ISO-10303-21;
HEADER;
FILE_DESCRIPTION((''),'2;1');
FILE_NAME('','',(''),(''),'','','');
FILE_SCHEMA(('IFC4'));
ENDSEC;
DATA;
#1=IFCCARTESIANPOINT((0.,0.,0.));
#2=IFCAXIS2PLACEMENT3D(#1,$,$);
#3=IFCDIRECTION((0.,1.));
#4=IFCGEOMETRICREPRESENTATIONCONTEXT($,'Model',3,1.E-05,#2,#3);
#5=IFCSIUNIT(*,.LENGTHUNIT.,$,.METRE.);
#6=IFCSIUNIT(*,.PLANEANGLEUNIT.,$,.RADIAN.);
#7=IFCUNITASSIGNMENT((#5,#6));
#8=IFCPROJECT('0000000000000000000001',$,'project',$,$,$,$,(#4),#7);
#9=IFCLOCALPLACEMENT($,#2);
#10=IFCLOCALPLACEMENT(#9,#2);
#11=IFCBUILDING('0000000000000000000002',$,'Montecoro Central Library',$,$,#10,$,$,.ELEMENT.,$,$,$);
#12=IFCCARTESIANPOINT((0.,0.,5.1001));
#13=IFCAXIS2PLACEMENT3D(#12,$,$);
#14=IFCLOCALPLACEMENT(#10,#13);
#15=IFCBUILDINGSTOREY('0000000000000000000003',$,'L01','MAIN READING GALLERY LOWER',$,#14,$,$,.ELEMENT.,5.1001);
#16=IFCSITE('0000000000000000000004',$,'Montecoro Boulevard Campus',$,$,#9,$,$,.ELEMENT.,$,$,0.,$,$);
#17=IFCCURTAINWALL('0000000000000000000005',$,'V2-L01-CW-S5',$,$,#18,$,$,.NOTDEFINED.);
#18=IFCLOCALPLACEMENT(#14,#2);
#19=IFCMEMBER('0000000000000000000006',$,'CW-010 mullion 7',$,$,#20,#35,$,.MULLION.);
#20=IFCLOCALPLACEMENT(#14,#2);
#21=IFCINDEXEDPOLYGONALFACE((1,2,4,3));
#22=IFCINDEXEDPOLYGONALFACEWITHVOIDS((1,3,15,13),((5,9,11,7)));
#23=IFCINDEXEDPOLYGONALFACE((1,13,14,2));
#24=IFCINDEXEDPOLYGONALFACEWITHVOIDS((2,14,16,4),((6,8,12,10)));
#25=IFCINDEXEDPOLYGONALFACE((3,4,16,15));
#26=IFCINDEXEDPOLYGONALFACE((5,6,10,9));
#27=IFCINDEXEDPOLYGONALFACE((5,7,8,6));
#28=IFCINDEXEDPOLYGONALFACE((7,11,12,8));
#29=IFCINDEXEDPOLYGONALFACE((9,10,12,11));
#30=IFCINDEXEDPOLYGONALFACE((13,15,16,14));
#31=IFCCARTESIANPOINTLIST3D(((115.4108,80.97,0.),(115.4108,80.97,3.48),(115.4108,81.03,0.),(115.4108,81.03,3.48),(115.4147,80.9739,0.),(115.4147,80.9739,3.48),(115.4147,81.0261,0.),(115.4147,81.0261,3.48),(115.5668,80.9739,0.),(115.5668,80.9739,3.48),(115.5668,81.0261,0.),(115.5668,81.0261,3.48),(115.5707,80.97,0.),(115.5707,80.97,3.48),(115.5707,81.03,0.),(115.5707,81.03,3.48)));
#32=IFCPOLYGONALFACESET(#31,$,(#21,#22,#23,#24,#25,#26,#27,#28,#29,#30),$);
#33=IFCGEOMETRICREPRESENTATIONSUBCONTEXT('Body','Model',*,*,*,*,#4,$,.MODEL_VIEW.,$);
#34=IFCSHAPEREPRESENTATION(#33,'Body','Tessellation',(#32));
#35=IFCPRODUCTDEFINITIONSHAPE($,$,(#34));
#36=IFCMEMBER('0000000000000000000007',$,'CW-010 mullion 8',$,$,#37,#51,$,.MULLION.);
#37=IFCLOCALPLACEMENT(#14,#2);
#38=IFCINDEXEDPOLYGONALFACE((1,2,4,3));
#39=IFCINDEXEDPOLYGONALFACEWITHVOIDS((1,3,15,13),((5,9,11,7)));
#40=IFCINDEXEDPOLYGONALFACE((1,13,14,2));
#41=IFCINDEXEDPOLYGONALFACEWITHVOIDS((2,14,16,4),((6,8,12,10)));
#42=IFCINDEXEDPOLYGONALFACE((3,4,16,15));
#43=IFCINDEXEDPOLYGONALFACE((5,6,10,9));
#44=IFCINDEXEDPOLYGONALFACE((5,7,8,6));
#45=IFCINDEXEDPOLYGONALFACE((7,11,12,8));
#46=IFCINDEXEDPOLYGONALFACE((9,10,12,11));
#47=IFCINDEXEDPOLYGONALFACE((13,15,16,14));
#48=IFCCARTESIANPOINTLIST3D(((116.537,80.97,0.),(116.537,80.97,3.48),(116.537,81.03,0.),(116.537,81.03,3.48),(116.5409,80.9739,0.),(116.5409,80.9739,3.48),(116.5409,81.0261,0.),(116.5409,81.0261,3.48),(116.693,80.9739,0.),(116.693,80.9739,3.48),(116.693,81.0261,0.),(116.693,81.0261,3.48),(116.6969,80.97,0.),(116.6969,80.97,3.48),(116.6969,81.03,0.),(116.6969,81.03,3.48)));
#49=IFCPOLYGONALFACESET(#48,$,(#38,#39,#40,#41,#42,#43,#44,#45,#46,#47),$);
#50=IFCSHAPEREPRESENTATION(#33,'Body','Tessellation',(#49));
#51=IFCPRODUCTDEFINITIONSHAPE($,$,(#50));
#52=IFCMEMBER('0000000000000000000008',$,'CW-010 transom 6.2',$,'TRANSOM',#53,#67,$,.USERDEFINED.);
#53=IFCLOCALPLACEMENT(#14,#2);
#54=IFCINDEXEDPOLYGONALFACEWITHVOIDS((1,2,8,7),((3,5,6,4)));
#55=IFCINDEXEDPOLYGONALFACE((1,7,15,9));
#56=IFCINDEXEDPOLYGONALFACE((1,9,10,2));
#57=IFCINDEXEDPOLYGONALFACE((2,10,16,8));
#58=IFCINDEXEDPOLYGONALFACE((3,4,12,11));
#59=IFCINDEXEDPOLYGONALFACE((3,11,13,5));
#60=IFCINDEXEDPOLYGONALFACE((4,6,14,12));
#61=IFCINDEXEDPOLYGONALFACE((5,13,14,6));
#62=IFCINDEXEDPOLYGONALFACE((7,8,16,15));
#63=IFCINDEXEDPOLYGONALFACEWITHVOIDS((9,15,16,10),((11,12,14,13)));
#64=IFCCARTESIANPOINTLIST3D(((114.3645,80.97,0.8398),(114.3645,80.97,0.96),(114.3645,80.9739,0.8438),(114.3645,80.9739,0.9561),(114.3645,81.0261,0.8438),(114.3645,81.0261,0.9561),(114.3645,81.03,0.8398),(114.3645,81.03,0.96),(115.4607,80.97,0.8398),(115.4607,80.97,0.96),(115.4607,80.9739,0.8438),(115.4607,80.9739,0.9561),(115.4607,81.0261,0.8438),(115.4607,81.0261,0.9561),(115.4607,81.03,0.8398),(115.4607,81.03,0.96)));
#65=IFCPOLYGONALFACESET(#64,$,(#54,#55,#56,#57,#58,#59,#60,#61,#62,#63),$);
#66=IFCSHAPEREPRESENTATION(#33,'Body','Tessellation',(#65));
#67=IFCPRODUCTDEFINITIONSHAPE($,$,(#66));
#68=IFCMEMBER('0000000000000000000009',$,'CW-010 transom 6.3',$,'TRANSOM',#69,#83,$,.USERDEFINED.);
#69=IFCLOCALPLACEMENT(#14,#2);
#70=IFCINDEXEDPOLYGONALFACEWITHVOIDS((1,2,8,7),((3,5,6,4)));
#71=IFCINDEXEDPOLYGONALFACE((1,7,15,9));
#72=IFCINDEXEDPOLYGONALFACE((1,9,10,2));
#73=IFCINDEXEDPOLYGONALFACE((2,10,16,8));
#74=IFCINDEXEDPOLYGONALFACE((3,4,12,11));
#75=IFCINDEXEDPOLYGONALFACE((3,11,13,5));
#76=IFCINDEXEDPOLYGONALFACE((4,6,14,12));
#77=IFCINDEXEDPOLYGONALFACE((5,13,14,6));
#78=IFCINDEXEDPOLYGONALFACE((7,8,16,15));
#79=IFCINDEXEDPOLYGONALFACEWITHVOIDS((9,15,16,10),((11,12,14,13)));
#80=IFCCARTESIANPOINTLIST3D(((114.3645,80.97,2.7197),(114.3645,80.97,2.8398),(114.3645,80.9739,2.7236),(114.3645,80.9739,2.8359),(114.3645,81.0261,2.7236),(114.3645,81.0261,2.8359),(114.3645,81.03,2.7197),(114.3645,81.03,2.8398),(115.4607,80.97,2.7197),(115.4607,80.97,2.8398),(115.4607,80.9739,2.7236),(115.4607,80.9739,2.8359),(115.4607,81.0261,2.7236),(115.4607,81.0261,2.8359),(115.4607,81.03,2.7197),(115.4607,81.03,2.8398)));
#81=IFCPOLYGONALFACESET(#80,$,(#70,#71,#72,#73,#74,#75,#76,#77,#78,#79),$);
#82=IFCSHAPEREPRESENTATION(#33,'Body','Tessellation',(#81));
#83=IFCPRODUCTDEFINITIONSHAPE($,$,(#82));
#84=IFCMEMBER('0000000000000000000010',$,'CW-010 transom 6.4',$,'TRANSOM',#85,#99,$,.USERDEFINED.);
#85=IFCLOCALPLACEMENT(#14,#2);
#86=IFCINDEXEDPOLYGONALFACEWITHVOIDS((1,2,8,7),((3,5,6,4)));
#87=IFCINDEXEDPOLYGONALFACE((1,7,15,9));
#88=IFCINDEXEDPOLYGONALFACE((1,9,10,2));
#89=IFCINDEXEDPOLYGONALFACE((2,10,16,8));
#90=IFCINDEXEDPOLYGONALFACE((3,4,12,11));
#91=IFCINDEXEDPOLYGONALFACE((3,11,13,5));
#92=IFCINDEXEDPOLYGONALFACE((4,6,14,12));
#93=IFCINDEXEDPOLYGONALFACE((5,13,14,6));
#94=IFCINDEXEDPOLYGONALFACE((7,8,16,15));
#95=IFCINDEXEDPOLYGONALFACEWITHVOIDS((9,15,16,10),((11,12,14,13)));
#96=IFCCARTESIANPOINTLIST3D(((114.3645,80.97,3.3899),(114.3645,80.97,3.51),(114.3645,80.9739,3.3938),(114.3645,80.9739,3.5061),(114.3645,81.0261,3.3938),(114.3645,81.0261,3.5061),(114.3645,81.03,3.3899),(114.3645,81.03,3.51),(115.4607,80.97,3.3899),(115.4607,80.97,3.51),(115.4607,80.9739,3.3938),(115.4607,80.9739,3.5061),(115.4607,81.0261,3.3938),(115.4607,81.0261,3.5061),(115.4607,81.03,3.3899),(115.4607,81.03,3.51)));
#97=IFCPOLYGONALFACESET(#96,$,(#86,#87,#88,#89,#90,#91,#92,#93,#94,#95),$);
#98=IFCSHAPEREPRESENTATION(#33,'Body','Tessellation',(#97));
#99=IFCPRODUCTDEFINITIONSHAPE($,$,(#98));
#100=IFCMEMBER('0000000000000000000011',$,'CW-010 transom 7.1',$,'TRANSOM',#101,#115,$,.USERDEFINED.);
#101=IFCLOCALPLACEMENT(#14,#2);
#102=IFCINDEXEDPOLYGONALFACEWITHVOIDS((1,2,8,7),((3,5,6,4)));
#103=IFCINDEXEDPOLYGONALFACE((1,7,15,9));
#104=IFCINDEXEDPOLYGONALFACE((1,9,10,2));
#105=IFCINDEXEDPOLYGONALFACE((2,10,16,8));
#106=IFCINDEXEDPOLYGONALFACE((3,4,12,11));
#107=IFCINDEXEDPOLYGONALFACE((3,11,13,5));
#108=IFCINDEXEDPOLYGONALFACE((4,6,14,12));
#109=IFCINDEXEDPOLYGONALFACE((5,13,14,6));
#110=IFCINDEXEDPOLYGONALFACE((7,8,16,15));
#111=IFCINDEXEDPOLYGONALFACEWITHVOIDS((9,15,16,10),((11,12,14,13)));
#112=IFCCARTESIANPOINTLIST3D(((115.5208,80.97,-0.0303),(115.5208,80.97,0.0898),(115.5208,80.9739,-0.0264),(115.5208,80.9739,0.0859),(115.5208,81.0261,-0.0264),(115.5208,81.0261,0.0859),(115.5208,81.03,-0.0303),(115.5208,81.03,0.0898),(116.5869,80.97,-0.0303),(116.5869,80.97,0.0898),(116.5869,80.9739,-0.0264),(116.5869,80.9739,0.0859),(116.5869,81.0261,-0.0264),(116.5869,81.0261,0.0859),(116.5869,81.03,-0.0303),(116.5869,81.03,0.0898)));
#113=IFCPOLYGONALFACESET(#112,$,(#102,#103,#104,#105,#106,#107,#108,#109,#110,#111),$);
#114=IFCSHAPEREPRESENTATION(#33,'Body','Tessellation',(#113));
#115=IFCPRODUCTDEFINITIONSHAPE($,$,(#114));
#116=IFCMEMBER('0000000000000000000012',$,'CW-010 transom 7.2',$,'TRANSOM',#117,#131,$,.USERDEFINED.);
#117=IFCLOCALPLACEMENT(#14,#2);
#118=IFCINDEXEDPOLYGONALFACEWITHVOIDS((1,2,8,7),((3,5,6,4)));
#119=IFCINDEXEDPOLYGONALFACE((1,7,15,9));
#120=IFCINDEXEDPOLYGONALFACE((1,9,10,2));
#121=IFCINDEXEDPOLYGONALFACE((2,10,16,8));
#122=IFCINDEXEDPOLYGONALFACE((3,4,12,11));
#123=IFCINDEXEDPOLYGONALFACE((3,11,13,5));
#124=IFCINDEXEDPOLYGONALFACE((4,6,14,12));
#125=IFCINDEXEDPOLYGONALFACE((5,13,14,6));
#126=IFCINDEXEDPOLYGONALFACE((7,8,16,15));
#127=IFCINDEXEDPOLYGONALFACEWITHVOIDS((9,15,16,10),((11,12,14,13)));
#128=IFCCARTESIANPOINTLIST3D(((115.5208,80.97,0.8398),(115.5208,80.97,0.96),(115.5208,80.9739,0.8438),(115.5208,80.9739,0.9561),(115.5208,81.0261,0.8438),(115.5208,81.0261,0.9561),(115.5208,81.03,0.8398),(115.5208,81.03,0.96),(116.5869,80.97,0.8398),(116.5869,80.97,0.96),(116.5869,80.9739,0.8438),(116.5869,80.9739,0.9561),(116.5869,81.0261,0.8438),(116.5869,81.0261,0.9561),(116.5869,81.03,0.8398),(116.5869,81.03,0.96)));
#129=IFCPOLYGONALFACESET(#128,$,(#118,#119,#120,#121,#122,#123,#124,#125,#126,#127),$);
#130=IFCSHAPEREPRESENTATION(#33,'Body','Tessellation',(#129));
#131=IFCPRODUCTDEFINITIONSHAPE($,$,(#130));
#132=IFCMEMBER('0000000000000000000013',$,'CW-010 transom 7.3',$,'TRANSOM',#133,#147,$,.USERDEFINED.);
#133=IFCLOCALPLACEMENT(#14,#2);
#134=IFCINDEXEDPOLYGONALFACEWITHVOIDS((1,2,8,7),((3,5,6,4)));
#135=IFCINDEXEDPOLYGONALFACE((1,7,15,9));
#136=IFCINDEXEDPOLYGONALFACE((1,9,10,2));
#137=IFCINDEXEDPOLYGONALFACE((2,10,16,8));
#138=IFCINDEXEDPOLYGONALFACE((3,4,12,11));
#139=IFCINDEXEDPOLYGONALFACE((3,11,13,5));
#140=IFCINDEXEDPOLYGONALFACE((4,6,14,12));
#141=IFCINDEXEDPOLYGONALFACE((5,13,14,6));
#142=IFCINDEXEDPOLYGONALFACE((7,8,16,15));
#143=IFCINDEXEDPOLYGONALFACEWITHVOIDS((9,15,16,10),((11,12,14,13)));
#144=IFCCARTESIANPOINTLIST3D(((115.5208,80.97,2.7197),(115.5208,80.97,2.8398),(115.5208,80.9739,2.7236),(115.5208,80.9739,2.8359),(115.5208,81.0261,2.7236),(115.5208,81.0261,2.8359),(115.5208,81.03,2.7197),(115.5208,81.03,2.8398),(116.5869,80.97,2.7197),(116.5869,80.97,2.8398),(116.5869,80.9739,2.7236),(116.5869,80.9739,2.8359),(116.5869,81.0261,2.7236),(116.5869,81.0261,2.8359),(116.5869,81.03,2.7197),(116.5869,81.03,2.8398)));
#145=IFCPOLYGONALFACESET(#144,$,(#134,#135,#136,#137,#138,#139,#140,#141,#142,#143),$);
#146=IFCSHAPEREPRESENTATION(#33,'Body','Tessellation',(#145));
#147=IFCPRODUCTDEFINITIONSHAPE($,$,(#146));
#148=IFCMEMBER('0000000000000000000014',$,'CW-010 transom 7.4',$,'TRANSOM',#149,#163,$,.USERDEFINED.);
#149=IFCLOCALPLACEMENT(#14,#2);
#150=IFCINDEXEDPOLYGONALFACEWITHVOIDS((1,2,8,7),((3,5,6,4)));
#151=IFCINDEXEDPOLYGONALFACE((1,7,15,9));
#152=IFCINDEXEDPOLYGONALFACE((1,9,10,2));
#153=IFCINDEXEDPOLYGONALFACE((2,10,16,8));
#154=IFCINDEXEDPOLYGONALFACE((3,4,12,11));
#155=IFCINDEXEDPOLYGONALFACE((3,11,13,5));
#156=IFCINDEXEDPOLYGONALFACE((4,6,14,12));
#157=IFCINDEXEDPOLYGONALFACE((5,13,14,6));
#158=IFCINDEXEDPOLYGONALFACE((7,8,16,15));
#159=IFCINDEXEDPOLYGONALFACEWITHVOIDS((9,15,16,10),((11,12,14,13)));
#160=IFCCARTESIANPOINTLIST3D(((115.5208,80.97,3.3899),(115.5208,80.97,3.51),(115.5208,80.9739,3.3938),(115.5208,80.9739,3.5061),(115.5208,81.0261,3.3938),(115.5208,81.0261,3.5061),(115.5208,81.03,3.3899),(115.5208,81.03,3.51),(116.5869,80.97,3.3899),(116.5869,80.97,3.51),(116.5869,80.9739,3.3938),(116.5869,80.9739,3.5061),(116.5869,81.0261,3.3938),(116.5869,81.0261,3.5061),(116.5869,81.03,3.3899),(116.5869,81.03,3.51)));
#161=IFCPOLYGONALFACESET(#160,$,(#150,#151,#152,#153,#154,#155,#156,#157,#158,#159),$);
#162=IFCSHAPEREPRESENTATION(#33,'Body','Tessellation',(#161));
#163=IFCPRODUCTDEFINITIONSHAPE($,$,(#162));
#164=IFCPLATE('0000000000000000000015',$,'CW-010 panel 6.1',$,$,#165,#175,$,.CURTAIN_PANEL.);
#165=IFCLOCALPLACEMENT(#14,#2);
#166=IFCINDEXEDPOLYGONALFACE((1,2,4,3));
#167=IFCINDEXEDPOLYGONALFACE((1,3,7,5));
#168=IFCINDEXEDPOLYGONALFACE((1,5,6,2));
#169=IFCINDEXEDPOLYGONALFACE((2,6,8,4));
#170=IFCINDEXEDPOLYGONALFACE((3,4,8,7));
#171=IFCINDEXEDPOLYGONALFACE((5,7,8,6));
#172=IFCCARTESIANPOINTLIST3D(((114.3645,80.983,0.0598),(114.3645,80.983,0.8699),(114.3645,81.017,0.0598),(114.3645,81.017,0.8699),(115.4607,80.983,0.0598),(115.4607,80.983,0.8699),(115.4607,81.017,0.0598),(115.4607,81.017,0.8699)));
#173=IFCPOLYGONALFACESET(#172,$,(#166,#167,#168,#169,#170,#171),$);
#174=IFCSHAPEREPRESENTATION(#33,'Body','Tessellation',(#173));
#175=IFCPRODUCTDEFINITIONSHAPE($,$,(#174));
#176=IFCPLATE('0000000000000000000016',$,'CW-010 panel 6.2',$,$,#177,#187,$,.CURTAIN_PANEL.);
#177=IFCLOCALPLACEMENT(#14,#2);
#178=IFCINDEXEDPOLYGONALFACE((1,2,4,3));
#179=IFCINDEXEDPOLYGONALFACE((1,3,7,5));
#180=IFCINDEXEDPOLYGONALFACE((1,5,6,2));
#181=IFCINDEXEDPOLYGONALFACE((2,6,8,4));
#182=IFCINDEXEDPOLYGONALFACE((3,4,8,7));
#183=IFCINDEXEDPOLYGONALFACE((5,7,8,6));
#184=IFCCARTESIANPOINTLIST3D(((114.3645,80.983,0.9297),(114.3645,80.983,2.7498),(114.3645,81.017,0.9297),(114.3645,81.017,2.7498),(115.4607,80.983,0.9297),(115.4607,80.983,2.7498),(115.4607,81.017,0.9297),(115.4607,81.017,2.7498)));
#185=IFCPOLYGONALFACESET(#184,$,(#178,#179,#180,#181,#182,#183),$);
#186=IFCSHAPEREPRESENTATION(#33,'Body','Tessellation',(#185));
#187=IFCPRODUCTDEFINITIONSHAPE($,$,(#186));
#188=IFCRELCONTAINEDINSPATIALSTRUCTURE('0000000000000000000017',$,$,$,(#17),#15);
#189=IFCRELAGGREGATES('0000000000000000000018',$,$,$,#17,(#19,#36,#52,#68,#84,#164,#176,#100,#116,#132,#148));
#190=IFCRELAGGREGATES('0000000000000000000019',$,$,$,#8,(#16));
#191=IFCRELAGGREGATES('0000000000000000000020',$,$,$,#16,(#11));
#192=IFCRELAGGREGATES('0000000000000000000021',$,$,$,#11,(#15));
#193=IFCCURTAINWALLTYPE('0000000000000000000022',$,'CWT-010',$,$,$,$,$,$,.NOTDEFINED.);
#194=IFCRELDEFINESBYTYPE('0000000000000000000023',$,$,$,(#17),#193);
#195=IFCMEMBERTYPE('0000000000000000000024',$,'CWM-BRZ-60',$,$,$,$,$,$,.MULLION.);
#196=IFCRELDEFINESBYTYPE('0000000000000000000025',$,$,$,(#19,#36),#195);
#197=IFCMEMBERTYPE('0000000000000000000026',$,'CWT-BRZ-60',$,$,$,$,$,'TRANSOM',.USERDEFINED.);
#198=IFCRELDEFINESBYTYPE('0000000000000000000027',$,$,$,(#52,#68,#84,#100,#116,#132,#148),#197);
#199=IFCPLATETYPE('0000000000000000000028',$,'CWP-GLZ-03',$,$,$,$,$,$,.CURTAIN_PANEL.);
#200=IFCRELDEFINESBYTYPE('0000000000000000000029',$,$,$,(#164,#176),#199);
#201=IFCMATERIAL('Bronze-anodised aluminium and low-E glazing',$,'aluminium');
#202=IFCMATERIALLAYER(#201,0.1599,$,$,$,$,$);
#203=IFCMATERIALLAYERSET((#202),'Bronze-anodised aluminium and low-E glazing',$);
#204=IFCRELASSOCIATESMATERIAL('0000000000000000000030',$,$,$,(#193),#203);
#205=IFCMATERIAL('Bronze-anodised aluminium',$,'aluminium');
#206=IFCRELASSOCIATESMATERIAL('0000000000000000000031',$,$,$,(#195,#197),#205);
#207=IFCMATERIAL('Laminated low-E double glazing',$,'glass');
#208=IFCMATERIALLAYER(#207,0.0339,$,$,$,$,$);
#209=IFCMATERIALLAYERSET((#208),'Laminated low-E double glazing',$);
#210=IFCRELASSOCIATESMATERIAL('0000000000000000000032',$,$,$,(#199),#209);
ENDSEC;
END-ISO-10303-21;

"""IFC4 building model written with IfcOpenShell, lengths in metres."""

from ifc_helpers import new_model, si_unit, direction, frame, origin, origin_2d, place, context, subcontext, project, spatial, rectangle, hollow_rectangle, extrude, material, layer, layer_set, material_profile, profile_set, type_object, element, aggregate, save


model = new_model("IFC4")

# Units and contexts
model_context = context("Model", 3, precision=1e-05, world=origin(), true_north=direction((0.0, 1.0)))
body_context = subcontext(model_context, "Body", "Model", "MODEL_VIEW")
ifc_project = project(units=[si_unit("LENGTHUNIT", "METRE"), si_unit("PLANEANGLEUNIT", "RADIAN")], contexts=[model_context])

# Site, building, storey
site_placement = place(None, origin())
site = spatial("IfcSite", under=ifc_project, at=site_placement, Name="Montecoro Boulevard Campus", CompositionType="ELEMENT", RefElevation=0.0)
building_placement = place(site_placement, origin())
building = spatial("IfcBuilding", under=site, at=building_placement, Name="Montecoro Central Library", CompositionType="ELEMENT")
storey_placement = place(building_placement, frame((0.0, 0.0, 5.1001)))
storey = spatial("IfcBuildingStorey", under=building, at=storey_placement, Name="L01", Description="MAIN READING GALLERY LOWER", CompositionType="ELEMENT", Elevation=5.1001)

# Curtain wall, members, plates
ifc_material_1 = material(Name="Bronze-anodised aluminium and low-E glazing", Category="aluminium")
ifc_layer_1 = layer(ifc_material_1, 0.1599)
ifc_layer_set_1 = layer_set([ifc_layer_1], Name="Bronze-anodised aluminium and low-E glazing")
curtain_wall_type = type_object("IfcCurtainWallType", Name="CWT-010", PredefinedType="NOTDEFINED", material=ifc_layer_set_1)
curtain_wall_placement = place(storey_placement, origin())
curtain_wall = element("IfcCurtainWall", 1, at=curtain_wall_placement, inside=storey, type_object=curtain_wall_type, Name="V2-L01-CW-S5", PredefinedType="NOTDEFINED")
ifc_material_2 = material(Name="Bronze-anodised aluminium", Category="aluminium")
ifc_material_profile_1 = material_profile(ifc_material_2, hollow_rectangle(XDim=0.0601, YDim=0.1599, WallThickness=0.0039, at=origin_2d()), Name="CWM 160x60x4.0")
ifc_profile_set_1 = profile_set([ifc_material_profile_1], Name="Bronze-anodised aluminium")
member_type_1 = type_object("IfcMemberType", Name="CWM-BRZ-60", PredefinedType="MULLION", material=ifc_profile_set_1)
member_1_placement = place(storey_placement, frame((115.4907, 81.0, 0.0), z_axis=(0.0, 0.0, 1.0), x_axis=(0.0, 1.0, 0.0)))
member_1 = element("IfcMember", 2, at=member_1_placement, type_object=member_type_1, Name="CW-010 mullion 7", PredefinedType="MULLION", context=body_context, shape_type="SweptSolid", body=[
    extrude(hollow_rectangle(XDim=0.0601, YDim=0.1599, WallThickness=0.0039, at=origin_2d()), origin(), (0.0, 0.0, 1.0), 3.48),
])
member_2_placement = place(storey_placement, frame((116.6169, 81.0, 0.0), z_axis=(0.0, 0.0, 1.0), x_axis=(0.0, 1.0, 0.0)))
member_2 = element("IfcMember", 3, at=member_2_placement, type_object=member_type_1, Name="CW-010 mullion 8", PredefinedType="MULLION", context=body_context, shape_type="SweptSolid", body=[
    extrude(hollow_rectangle(XDim=0.0601, YDim=0.1599, WallThickness=0.0039, at=origin_2d()), origin(), (0.0, 0.0, 1.0), 3.48),
])
ifc_material_profile_2 = material_profile(ifc_material_2, hollow_rectangle(XDim=0.0601, YDim=0.1201, WallThickness=0.0039, at=origin_2d()), Name="CWT 120x60x4.0")
ifc_profile_set_2 = profile_set([ifc_material_profile_2], Name="Bronze-anodised aluminium")
member_type_2 = type_object("IfcMemberType", Name="CWT-BRZ-60", ElementType="TRANSOM", PredefinedType="USERDEFINED", material=ifc_profile_set_2)
member_3_placement = place(storey_placement, frame((114.3645, 81.0, 0.8999), z_axis=(1.0, 0.0, 0.0), x_axis=(0.0, 1.0, 0.0)))
member_3 = element("IfcMember", 4, at=member_3_placement, type_object=member_type_2, Name="CW-010 transom 6.2", ObjectType="TRANSOM", PredefinedType="USERDEFINED", context=body_context, shape_type="SweptSolid", body=[
    extrude(hollow_rectangle(XDim=0.0601, YDim=0.1201, WallThickness=0.0039, at=origin_2d()), origin(), (0.0, 0.0, 1.0), 1.0962),
])
member_4_placement = place(storey_placement, frame((114.3645, 81.0, 2.7798), z_axis=(1.0, 0.0, 0.0), x_axis=(0.0, 1.0, 0.0)))
member_4 = element("IfcMember", 5, at=member_4_placement, type_object=member_type_2, Name="CW-010 transom 6.3", ObjectType="TRANSOM", PredefinedType="USERDEFINED", context=body_context, shape_type="SweptSolid", body=[
    extrude(hollow_rectangle(XDim=0.0601, YDim=0.1201, WallThickness=0.0039, at=origin_2d()), origin(), (0.0, 0.0, 1.0), 1.0962),
])
member_5_placement = place(storey_placement, frame((114.3645, 81.0, 3.45), z_axis=(1.0, 0.0, 0.0), x_axis=(0.0, 1.0, 0.0)))
member_5 = element("IfcMember", 6, at=member_5_placement, type_object=member_type_2, Name="CW-010 transom 6.4", ObjectType="TRANSOM", PredefinedType="USERDEFINED", context=body_context, shape_type="SweptSolid", body=[
    extrude(hollow_rectangle(XDim=0.0601, YDim=0.1201, WallThickness=0.0039, at=origin_2d()), origin(), (0.0, 0.0, 1.0), 1.0962),
])
member_6_placement = place(storey_placement, frame((115.5208, 81.0, 0.0298), z_axis=(1.0, 0.0, 0.0), x_axis=(0.0, 1.0, 0.0)))
member_6 = element("IfcMember", 7, at=member_6_placement, type_object=member_type_2, Name="CW-010 transom 7.1", ObjectType="TRANSOM", PredefinedType="USERDEFINED", context=body_context, shape_type="SweptSolid", body=[
    extrude(hollow_rectangle(XDim=0.0601, YDim=0.1201, WallThickness=0.0039, at=origin_2d()), origin(), (0.0, 0.0, 1.0), 1.0662),
])
member_7_placement = place(storey_placement, frame((115.5208, 81.0, 0.8999), z_axis=(1.0, 0.0, 0.0), x_axis=(0.0, 1.0, 0.0)))
member_7 = element("IfcMember", 8, at=member_7_placement, type_object=member_type_2, Name="CW-010 transom 7.2", ObjectType="TRANSOM", PredefinedType="USERDEFINED", context=body_context, shape_type="SweptSolid", body=[
    extrude(hollow_rectangle(XDim=0.0601, YDim=0.1201, WallThickness=0.0039, at=origin_2d()), origin(), (0.0, 0.0, 1.0), 1.0662),
])
member_8_placement = place(storey_placement, frame((115.5208, 81.0, 2.7798), z_axis=(1.0, 0.0, 0.0), x_axis=(0.0, 1.0, 0.0)))
member_8 = element("IfcMember", 9, at=member_8_placement, type_object=member_type_2, Name="CW-010 transom 7.3", ObjectType="TRANSOM", PredefinedType="USERDEFINED", context=body_context, shape_type="SweptSolid", body=[
    extrude(hollow_rectangle(XDim=0.0601, YDim=0.1201, WallThickness=0.0039, at=origin_2d()), origin(), (0.0, 0.0, 1.0), 1.0662),
])
member_9_placement = place(storey_placement, frame((115.5208, 81.0, 3.45), z_axis=(1.0, 0.0, 0.0), x_axis=(0.0, 1.0, 0.0)))
member_9 = element("IfcMember", 10, at=member_9_placement, type_object=member_type_2, Name="CW-010 transom 7.4", ObjectType="TRANSOM", PredefinedType="USERDEFINED", context=body_context, shape_type="SweptSolid", body=[
    extrude(hollow_rectangle(XDim=0.0601, YDim=0.1201, WallThickness=0.0039, at=origin_2d()), origin(), (0.0, 0.0, 1.0), 1.0662),
])
ifc_material_3 = material(Name="Laminated low-E double glazing", Category="glass")
ifc_layer_2 = layer(ifc_material_3, 0.0339)
ifc_layer_set_2 = layer_set([ifc_layer_2], Name="Laminated low-E double glazing")
plate_type = type_object("IfcPlateType", Name="CWP-GLZ-03", PredefinedType="CURTAIN_PANEL", material=ifc_layer_set_2)
plate_1_placement = place(storey_placement, frame((114.9126, 81.0, 0.0598), z_axis=(0.0, 0.0, 1.0), x_axis=(1.0, 0.0, 0.0)))
plate_1 = element("IfcPlate", 11, at=plate_1_placement, type_object=plate_type, Name="CW-010 panel 6.1", PredefinedType="CURTAIN_PANEL", context=body_context, shape_type="SweptSolid", body=[
    extrude(rectangle(XDim=1.0962, YDim=0.0339, at=origin_2d()), origin(), (0.0, 0.0, 1.0), 0.8101),
])
plate_2_placement = place(storey_placement, frame((114.9126, 81.0, 0.9297), z_axis=(0.0, 0.0, 1.0), x_axis=(1.0, 0.0, 0.0)))
plate_2 = element("IfcPlate", 12, at=plate_2_placement, type_object=plate_type, Name="CW-010 panel 6.2", PredefinedType="CURTAIN_PANEL", context=body_context, shape_type="SweptSolid", body=[
    extrude(rectangle(XDim=1.0962, YDim=0.0339, at=origin_2d()), origin(), (0.0, 0.0, 1.0), 1.8201),
])
aggregate(curtain_wall, [member_1, member_2, member_3, member_4, member_5, plate_1, plate_2, member_6, member_7, member_8, member_9])

save(model, "model.ifc")
